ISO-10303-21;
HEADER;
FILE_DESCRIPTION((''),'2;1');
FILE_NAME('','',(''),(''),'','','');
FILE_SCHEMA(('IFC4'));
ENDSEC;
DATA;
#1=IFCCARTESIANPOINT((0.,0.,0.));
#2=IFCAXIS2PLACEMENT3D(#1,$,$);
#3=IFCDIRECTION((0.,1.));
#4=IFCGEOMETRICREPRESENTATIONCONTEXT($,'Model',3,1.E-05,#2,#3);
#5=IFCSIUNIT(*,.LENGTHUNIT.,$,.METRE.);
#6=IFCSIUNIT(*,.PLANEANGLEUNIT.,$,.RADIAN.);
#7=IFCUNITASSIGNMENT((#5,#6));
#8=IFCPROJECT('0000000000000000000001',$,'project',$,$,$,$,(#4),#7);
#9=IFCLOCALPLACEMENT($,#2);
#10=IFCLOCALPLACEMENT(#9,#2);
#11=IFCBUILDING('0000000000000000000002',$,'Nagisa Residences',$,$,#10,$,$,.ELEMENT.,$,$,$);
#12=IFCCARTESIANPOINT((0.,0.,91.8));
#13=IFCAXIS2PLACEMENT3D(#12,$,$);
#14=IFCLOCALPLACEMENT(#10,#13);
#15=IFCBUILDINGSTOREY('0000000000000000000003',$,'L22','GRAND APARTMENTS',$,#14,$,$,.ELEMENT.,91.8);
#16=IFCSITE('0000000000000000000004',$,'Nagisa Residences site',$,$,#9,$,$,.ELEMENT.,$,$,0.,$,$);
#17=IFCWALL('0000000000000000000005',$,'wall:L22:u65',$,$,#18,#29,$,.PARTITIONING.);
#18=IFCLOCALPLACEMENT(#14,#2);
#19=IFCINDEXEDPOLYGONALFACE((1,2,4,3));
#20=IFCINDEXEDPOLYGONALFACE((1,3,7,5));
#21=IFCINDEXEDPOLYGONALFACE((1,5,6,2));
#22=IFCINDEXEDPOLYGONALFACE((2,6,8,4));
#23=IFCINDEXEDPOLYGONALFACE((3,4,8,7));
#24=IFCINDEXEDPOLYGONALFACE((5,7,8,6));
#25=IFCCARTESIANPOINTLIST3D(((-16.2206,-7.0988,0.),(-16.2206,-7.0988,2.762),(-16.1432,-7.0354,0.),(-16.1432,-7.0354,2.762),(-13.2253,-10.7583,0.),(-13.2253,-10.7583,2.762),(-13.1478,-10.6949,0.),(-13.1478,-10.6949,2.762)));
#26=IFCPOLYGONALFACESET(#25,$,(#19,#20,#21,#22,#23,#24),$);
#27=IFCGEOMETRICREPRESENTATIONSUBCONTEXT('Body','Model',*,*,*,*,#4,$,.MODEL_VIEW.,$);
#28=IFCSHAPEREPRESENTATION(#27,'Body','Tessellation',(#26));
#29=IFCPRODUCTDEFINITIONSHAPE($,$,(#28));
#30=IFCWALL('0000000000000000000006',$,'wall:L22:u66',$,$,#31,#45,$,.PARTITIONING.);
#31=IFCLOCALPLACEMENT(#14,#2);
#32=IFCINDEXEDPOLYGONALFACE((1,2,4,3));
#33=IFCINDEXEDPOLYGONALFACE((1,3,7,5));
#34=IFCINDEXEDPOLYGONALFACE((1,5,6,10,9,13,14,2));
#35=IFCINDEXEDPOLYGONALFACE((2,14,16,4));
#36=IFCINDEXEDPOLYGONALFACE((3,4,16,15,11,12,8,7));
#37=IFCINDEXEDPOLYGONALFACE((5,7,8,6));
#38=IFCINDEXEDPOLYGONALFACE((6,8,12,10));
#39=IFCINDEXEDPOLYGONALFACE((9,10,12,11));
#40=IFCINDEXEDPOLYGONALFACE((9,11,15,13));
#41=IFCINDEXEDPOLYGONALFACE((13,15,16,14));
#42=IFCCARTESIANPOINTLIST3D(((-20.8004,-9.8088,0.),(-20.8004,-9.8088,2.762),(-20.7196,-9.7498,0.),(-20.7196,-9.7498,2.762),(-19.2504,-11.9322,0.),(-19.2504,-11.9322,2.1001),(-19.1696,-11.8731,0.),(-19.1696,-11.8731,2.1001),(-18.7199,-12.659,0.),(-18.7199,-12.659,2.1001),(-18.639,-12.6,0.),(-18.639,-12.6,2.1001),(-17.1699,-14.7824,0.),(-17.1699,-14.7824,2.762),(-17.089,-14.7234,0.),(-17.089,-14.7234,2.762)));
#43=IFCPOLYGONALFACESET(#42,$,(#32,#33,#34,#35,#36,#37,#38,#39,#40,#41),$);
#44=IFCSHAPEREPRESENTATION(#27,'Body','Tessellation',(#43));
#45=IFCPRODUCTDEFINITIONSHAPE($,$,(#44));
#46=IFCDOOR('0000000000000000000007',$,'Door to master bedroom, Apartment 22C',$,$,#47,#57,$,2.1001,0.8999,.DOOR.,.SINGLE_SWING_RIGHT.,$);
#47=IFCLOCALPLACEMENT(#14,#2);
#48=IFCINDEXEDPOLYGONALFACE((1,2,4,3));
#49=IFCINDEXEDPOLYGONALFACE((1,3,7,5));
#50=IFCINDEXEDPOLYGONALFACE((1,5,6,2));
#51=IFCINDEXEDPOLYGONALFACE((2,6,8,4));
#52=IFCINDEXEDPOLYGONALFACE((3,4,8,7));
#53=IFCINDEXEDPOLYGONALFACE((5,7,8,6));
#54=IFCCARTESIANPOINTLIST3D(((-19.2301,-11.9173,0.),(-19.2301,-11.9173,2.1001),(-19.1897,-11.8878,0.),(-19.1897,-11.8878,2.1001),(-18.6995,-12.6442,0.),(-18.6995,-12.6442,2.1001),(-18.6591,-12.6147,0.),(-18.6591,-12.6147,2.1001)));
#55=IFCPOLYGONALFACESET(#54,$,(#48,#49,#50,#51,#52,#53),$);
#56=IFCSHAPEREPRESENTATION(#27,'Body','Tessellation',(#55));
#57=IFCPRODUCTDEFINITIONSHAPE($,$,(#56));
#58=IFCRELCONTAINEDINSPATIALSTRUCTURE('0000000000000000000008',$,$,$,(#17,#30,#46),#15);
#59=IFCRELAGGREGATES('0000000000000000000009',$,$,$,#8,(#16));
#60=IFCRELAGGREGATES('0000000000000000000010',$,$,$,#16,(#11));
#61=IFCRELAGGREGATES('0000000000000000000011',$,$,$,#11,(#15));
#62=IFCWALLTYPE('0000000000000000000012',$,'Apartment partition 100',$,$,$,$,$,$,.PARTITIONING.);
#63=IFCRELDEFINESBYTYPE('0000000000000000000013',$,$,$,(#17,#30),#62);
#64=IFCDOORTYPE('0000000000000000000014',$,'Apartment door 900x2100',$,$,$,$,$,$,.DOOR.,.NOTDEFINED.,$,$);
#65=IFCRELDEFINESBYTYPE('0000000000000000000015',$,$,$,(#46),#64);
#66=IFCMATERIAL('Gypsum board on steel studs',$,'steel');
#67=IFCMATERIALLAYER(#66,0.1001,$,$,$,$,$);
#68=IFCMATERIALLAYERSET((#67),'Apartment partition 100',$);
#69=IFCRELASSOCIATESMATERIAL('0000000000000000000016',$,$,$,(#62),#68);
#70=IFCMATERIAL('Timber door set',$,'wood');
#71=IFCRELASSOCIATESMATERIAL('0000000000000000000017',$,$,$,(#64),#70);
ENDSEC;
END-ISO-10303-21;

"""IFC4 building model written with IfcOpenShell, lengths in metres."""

from ifc_helpers import new_model, si_unit, direction, frame, frame_2d, origin, place, context, subcontext, project, spatial, rectangle, extrude, material, layer, layer_set, type_object, element, fill, save


model = new_model("IFC4")

# Units and contexts
model_context = context("Model", 3, precision=1e-05, world=origin(), true_north=direction((0.0, 1.0)))
body_context = subcontext(model_context, "Body", "Model", "MODEL_VIEW")
ifc_project = project(units=[si_unit("LENGTHUNIT", "METRE"), si_unit("PLANEANGLEUNIT", "RADIAN")], contexts=[model_context])

# Site, building, storey
site_placement = place(None, origin())
site = spatial("IfcSite", under=ifc_project, at=site_placement, Name="Nagisa Residences site", CompositionType="ELEMENT", RefElevation=0.0)
building_placement = place(site_placement, origin())
building = spatial("IfcBuilding", under=site, at=building_placement, Name="Nagisa Residences", CompositionType="ELEMENT")
storey_placement = place(building_placement, frame((0.0, 0.0, 91.8)))
storey = spatial("IfcBuildingStorey", under=building, at=storey_placement, Name="L22", Description="GRAND APARTMENTS", CompositionType="ELEMENT", Elevation=91.8)

# Shared definitions
ifc_material_1 = material(Name="Gypsum board on steel studs", Category="steel")
ifc_layer_1 = layer(ifc_material_1, 0.1001)
ifc_layer_set_1 = layer_set([ifc_layer_1], Name="Apartment partition 100")
wall_type_1 = type_object("IfcWallType", Name="Apartment partition 100", PredefinedType="PARTITIONING", material=ifc_layer_set_1)
ifc_material_2 = material(Name="Timber door set", Category="wood")
door_type_1 = type_object("IfcDoorType", Name="Apartment door 900x2100", OperationType="NOTDEFINED", PredefinedType="DOOR", material=ifc_material_2)

# Wall
wall_1_placement = place(storey_placement, frame((-16.1819, -7.0671, 0.0), z_axis=(0.0, 0.0, 1.0), x_axis=(0.633401, -0.773824, 0.0)))
element("IfcWall", 1, at=wall_1_placement, inside=storey, type_object=wall_type_1, Name="wall:L22:u65", PredefinedType="PARTITIONING", context=body_context, shape_type="SweptSolid", body=[
    extrude(rectangle(XDim=4.729, YDim=0.1001, at=frame_2d((2.3645, 0.0))), origin(), (0.0, 0.0, 1.0), 2.762),
])

# Wall, opening, door
wall_2_placement = place(storey_placement, frame((-20.76, -9.7793, 0.0), z_axis=(0.0, 0.0, 1.0), x_axis=(0.589597, -0.807698, 0.0)))
wall_2 = element("IfcWall", 2, at=wall_2_placement, inside=storey, type_object=wall_type_1, Name="wall:L22:u66", PredefinedType="PARTITIONING", context=body_context, shape_type="SweptSolid", body=[
    extrude(rectangle(XDim=6.1577, YDim=0.1001, at=frame_2d((3.0789, 0.0))), origin(), (0.0, 0.0, 1.0), 2.762),
])
opening_1_placement = place(wall_2_placement, frame((2.6289, 0.0, 0.0)))
opening_1 = element("IfcOpeningElement", 3, at=opening_1_placement, cuts=wall_2, PredefinedType="OPENING", context=body_context, shape_type="SweptSolid", body=[
    extrude(rectangle(XDim=0.8999, YDim=2.1001, at=frame_2d((0.45, 1.05))), frame((0.0, 0.0601, 0.0), z_axis=(0.0, -1.0, 0.0), x_axis=(1.0, 0.0, 0.0)), (0.0, 0.0, 1.0), 0.1201),
])
door_1_placement = place(opening_1_placement, frame((0.8999, 0.0, 0.0), x_axis=(-1.0, 0.0, 0.0)))
door_1 = element("IfcDoor", 4, at=door_1_placement, inside=storey, type_object=door_type_1, Name="Door to master bedroom, Apartment 22C", OperationType="SINGLE_SWING_RIGHT", OverallHeight=2.1001, OverallWidth=0.8999, PredefinedType="DOOR", context=body_context, shape_type="SweptSolid", body=[
    extrude(rectangle(XDim=0.8999, YDim=2.1001, at=frame_2d((0.45, 1.05))), frame((0.0, 0.0249, 0.0), z_axis=(0.0, -1.0, 0.0), x_axis=(1.0, 0.0, 0.0)), (0.0, 0.0, 1.0), 0.05),
])
fill(opening_1, door_1)

save(model, "model.ifc")
